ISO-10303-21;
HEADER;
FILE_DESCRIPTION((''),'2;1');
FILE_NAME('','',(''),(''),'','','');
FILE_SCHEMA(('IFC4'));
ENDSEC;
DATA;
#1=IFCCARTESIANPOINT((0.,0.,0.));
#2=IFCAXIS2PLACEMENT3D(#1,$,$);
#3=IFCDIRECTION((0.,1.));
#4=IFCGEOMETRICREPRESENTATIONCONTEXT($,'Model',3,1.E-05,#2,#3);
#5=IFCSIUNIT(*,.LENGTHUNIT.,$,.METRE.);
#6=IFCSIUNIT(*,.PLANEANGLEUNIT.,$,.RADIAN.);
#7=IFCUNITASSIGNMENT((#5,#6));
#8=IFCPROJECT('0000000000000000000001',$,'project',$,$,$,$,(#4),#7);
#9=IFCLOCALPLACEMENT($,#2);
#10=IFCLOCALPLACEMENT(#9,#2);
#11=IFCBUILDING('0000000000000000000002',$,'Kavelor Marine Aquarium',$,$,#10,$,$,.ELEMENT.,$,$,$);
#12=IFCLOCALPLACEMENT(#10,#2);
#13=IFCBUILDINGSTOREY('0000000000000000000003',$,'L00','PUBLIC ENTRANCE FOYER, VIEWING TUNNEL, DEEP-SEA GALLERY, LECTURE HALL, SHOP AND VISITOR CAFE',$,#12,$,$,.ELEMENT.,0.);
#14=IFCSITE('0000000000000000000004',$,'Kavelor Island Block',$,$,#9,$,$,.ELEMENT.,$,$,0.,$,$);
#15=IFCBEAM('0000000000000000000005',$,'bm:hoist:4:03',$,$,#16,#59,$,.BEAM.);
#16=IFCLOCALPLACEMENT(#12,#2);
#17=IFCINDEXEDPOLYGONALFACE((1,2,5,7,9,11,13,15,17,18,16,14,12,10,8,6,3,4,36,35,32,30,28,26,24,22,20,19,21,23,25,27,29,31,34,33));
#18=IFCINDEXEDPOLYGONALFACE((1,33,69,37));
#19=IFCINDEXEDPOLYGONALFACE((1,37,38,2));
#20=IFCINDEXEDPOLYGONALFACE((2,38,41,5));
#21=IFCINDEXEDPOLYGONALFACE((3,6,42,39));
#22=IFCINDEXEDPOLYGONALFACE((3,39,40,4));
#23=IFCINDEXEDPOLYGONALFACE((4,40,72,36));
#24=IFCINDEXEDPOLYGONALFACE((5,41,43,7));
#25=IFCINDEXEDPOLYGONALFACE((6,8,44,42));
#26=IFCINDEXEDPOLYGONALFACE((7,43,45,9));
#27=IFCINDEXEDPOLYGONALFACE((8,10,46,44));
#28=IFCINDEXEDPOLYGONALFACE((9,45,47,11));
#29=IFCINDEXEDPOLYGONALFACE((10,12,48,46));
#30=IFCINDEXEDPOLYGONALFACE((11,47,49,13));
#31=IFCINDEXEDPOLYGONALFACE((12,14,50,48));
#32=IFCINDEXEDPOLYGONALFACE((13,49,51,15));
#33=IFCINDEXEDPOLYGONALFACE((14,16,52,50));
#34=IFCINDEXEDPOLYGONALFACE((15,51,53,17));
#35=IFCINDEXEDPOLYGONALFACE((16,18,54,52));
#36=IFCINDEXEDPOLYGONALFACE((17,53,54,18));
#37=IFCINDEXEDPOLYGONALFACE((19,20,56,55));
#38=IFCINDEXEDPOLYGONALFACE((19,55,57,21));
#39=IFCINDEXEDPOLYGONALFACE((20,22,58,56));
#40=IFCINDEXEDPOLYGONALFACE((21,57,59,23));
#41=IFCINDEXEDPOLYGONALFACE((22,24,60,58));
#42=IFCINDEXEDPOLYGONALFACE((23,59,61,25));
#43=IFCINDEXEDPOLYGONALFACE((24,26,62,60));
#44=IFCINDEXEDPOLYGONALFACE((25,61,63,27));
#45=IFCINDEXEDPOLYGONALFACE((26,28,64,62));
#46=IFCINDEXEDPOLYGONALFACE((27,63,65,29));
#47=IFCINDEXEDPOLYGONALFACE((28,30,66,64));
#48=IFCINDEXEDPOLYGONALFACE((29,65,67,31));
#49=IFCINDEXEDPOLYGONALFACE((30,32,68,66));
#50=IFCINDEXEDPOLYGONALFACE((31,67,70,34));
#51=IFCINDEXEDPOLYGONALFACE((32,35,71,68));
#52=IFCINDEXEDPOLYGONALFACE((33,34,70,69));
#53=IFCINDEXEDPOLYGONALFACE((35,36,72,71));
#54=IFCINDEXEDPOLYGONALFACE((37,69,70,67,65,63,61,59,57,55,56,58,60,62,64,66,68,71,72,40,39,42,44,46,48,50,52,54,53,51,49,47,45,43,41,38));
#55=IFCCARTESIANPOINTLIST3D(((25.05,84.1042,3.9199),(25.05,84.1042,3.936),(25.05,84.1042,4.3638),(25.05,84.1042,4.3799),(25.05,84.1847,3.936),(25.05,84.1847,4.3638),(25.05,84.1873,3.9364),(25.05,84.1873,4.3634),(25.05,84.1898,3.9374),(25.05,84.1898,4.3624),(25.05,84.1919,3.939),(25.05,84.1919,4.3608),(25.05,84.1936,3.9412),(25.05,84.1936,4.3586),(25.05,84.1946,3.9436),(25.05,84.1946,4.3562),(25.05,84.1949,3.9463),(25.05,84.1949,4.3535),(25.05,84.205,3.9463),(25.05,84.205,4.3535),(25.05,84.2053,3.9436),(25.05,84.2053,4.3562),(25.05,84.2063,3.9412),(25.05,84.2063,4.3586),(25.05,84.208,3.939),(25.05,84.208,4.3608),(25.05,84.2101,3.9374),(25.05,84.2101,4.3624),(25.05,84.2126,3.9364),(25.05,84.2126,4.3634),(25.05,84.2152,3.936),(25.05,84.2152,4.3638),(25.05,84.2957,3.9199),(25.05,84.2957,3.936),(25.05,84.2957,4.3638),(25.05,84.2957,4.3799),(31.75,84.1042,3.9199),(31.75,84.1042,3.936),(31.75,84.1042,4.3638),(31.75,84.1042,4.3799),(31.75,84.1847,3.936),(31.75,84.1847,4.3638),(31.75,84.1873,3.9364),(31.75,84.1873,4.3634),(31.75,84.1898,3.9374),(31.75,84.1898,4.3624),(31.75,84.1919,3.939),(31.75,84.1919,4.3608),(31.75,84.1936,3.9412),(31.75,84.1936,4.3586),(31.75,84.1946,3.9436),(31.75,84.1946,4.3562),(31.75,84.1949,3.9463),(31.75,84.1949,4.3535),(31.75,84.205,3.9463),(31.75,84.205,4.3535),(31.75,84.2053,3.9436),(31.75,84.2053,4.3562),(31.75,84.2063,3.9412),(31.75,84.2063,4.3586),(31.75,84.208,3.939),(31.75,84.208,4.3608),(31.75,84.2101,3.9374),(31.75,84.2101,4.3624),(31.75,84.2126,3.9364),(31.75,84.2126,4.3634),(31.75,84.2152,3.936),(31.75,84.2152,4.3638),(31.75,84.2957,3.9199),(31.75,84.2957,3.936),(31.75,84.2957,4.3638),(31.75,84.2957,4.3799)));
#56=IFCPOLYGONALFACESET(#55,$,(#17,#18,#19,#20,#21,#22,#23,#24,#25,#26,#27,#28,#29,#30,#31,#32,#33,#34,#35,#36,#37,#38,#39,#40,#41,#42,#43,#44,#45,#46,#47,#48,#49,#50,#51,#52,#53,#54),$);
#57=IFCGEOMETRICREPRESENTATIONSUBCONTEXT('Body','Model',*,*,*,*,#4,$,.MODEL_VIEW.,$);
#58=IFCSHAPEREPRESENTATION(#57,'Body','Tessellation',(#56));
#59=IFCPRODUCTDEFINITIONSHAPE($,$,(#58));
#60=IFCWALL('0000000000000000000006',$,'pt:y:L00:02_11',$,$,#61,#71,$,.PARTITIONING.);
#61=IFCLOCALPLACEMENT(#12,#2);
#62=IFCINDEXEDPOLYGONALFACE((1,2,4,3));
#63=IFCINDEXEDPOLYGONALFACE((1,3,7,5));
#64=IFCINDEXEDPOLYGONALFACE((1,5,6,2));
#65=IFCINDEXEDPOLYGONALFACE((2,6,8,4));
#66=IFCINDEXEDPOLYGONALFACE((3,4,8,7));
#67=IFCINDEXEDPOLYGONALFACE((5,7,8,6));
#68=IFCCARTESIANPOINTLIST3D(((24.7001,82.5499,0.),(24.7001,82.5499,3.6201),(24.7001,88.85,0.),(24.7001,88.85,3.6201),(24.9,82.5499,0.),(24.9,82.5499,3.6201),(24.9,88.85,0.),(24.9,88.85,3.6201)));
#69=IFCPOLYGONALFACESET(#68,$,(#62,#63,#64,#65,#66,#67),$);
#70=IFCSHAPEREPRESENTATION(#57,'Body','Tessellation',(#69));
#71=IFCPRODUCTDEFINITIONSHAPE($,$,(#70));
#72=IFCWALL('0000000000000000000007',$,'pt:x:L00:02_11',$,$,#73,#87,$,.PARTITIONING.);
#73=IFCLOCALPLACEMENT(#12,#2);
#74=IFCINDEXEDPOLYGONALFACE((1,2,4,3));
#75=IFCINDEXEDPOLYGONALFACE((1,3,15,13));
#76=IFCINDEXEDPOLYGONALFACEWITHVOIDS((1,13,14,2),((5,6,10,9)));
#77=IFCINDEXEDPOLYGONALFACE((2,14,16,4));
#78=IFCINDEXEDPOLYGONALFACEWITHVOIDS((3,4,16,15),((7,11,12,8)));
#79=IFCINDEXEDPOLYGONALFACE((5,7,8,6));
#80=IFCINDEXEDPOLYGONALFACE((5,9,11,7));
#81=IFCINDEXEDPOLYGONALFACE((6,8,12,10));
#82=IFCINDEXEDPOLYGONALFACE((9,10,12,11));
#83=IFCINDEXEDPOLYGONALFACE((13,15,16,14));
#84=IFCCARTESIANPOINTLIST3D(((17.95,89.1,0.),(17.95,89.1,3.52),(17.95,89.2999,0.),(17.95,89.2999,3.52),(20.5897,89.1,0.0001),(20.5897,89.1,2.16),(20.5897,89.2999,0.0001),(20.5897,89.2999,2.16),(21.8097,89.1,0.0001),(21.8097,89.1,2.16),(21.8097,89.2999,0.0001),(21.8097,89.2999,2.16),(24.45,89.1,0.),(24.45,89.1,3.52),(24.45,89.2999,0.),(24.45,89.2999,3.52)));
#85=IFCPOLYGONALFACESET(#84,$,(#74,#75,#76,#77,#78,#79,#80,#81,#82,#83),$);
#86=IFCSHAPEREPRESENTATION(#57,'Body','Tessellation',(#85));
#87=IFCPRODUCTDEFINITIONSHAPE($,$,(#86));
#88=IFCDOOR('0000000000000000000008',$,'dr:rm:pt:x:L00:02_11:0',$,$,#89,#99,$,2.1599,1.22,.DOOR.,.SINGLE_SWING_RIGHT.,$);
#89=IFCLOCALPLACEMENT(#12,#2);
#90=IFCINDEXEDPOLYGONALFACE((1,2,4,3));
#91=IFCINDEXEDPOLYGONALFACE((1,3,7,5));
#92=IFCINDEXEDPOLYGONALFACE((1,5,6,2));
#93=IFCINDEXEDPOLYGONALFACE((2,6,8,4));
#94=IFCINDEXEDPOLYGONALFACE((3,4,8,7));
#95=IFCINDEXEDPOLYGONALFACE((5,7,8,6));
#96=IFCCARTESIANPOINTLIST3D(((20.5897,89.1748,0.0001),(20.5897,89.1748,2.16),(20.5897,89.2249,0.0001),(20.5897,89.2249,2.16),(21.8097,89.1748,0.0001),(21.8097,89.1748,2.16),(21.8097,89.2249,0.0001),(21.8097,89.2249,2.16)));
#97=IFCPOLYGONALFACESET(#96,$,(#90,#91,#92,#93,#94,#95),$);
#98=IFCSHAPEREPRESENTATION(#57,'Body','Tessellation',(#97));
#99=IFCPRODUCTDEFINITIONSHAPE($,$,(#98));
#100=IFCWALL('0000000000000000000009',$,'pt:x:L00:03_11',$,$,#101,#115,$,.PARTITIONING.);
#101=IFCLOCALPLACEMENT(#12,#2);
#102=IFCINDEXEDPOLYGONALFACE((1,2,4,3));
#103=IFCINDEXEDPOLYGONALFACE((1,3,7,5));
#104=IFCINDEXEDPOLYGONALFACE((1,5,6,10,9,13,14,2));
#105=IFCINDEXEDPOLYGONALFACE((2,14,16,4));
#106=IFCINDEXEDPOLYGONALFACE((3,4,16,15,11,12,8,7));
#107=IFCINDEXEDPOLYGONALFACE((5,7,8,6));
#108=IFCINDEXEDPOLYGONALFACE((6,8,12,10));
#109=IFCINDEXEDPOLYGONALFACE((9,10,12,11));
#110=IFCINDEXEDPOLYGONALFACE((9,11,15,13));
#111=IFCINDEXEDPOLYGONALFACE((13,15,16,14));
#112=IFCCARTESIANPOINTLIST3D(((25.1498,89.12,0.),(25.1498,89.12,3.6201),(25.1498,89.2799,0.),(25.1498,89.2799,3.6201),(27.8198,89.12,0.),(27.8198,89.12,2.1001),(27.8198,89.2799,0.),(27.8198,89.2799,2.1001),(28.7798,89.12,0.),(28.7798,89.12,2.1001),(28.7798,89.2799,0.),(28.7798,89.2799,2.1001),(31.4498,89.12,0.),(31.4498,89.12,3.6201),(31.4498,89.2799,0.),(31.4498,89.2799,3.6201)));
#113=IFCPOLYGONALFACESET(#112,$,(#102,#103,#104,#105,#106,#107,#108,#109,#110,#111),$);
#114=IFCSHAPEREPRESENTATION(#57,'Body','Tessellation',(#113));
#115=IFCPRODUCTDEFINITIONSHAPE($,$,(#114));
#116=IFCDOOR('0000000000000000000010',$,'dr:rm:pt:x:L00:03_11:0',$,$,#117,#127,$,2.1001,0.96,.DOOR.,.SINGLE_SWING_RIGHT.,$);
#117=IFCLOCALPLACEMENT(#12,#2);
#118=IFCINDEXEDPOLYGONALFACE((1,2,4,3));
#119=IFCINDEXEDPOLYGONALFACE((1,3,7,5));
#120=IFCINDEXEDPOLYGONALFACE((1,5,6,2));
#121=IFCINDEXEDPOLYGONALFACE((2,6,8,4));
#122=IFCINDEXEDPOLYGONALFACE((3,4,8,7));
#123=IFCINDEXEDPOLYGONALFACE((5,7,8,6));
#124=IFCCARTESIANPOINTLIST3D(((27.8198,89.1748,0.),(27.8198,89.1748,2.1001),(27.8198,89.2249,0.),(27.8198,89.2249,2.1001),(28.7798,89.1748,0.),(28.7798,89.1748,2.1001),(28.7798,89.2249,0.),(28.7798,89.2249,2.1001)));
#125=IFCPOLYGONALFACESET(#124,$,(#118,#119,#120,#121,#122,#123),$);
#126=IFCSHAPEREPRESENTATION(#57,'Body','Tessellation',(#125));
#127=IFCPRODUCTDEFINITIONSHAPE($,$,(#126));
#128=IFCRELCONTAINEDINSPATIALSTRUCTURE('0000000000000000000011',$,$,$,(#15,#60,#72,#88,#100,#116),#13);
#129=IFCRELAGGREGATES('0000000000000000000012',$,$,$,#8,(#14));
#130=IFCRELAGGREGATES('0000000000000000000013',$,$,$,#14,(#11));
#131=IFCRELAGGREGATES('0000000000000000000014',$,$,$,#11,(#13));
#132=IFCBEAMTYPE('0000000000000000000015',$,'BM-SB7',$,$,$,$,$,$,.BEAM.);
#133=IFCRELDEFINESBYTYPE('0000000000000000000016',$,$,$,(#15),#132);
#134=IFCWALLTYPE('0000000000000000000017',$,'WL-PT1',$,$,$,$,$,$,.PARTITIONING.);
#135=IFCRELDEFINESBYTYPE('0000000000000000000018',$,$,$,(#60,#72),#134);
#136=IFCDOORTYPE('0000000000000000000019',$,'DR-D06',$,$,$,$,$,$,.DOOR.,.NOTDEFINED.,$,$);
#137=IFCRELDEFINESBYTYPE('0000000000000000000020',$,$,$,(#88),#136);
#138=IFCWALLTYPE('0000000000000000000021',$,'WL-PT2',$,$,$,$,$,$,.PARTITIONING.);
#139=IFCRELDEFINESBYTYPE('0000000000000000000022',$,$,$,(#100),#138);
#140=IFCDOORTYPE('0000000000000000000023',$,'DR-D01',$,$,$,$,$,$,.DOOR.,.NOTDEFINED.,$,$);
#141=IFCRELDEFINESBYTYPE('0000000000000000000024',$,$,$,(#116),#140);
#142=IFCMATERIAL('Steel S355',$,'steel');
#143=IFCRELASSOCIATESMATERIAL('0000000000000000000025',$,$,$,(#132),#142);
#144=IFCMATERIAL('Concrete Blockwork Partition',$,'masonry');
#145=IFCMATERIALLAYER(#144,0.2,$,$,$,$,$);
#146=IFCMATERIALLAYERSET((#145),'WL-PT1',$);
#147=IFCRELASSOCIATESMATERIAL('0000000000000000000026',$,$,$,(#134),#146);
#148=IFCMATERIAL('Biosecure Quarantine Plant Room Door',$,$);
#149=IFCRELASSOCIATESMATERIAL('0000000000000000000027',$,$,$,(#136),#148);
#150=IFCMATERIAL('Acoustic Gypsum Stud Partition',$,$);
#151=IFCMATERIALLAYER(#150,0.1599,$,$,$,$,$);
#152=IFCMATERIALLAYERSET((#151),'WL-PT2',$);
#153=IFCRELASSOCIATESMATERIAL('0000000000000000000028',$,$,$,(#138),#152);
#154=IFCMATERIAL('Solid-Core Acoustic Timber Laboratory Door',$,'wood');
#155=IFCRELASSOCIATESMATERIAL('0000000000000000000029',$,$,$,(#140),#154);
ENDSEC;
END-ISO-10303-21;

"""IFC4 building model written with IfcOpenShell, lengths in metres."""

from ifc_helpers import new_model, si_unit, direction, frame, frame_2d, origin, origin_2d, place, context, subcontext, project, spatial, rectangle, i_section, extrude, material, layer, layer_set, material_profile, profile_set, type_object, element, fill, save


model = new_model("IFC4")

# Units and contexts
model_context = context("Model", 3, precision=1e-05, world=origin(), true_north=direction((0.0, 1.0)))
body_context = subcontext(model_context, "Body", "Model", "MODEL_VIEW")
ifc_project = project(units=[si_unit("LENGTHUNIT", "METRE"), si_unit("PLANEANGLEUNIT", "RADIAN")], contexts=[model_context])

# Site, building, storey
site_placement = place(None, origin())
site = spatial("IfcSite", under=ifc_project, at=site_placement, Name="Kavelor Island Block", CompositionType="ELEMENT", RefElevation=0.0)
building_placement = place(site_placement, origin())
building = spatial("IfcBuilding", under=site, at=building_placement, Name="Kavelor Marine Aquarium", CompositionType="ELEMENT")
storey_placement = place(building_placement, origin())
storey = spatial("IfcBuildingStorey", under=building, at=storey_placement, Name="L00", Description="PUBLIC ENTRANCE FOYER, VIEWING TUNNEL, DEEP-SEA GALLERY, LECTURE HALL, SHOP AND VISITOR CAFE", CompositionType="ELEMENT", Elevation=0.0)

# Beam
ifc_material_1 = material(Name="Steel S355", Category="steel")
ifc_material_profile_1 = material_profile(ifc_material_1, i_section(OverallWidth=0.1914, OverallDepth=0.46, WebThickness=0.01, FlangeThickness=0.0161, FilletRadius=0.0103, at=origin_2d()), Name="UKB 457x191x82")
ifc_profile_set_1 = profile_set([ifc_material_profile_1], Name="Steel S355")
beam_type_1 = type_object("IfcBeamType", Name="BM-SB7", PredefinedType="BEAM", material=ifc_profile_set_1)
beam_1_placement = place(storey_placement, frame((25.05, 84.2, 4.1499), z_axis=(1.0, 0.0, 0.0), x_axis=(0.0, 1.0, 0.0)))
element("IfcBeam", 1, at=beam_1_placement, inside=storey, type_object=beam_type_1, Name="bm:hoist:4:03", PredefinedType="BEAM", context=body_context, shape_type="SweptSolid", body=[
    extrude(i_section(OverallWidth=0.1914, OverallDepth=0.46, WebThickness=0.01, FlangeThickness=0.0161, FilletRadius=0.0103, at=origin_2d()), origin(), (0.0, 0.0, 1.0), 6.7),
])

# Wall
ifc_material_2 = material(Name="Concrete Blockwork Partition", Category="masonry")
ifc_layer_1 = layer(ifc_material_2, 0.2)
ifc_layer_set_1 = layer_set([ifc_layer_1], Name="WL-PT1")
wall_type_1 = type_object("IfcWallType", Name="WL-PT1", PredefinedType="PARTITIONING", material=ifc_layer_set_1)
wall_1_placement = place(storey_placement, frame((24.8, 82.55, 0.0), z_axis=(0.0, 0.0, 1.0), x_axis=(0.0, 1.0, 0.0)))
element("IfcWall", 2, at=wall_1_placement, inside=storey, type_object=wall_type_1, Name="pt:y:L00:02_11", PredefinedType="PARTITIONING", context=body_context, shape_type="SweptSolid", body=[
    extrude(rectangle(XDim=6.3, YDim=0.2, at=frame_2d((3.1499, 0.0))), origin(), (0.0, 0.0, 1.0), 3.6201),
])

# Walls, openings, doors
wall_2_placement = place(storey_placement, frame((17.95, 89.2, 0.0), z_axis=(0.0, 0.0, 1.0), x_axis=(1.0, 0.0, 0.0)))
wall_2 = element("IfcWall", 3, at=wall_2_placement, inside=storey, type_object=wall_type_1, Name="pt:x:L00:02_11", PredefinedType="PARTITIONING", context=body_context, shape_type="SweptSolid", body=[
    extrude(rectangle(XDim=6.5, YDim=0.2, at=frame_2d((3.25, 0.0))), origin(), (0.0, 0.0, 1.0), 3.52),
])
opening_1_placement = place(wall_2_placement, frame((2.6399, 0.0, 0.0)))
opening_1 = element("IfcOpeningElement", 4, at=opening_1_placement, cuts=wall_2, PredefinedType="OPENING", context=body_context, shape_type="SweptSolid", body=[
    extrude(rectangle(XDim=1.22, YDim=2.1599, at=frame_2d((0.6099, 1.0801))), frame((0.0, 0.1099, 0.0), z_axis=(0.0, -1.0, 0.0), x_axis=(1.0, 0.0, 0.0)), (0.0, 0.0, 1.0), 0.22),
])
ifc_material_3 = material(Name="Biosecure Quarantine Plant Room Door")
door_type_1 = type_object("IfcDoorType", Name="DR-D06", OperationType="NOTDEFINED", PredefinedType="DOOR", material=ifc_material_3)
door_1_placement = place(opening_1_placement, origin())
door_1 = element("IfcDoor", 5, at=door_1_placement, inside=storey, type_object=door_type_1, Name="dr:rm:pt:x:L00:02_11:0", OperationType="SINGLE_SWING_RIGHT", OverallHeight=2.1599, OverallWidth=1.22, PredefinedType="DOOR", context=body_context, shape_type="SweptSolid", body=[
    extrude(rectangle(XDim=1.22, YDim=2.1599, at=frame_2d((0.6099, 1.0801))), frame((0.0, 0.0249, 0.0), z_axis=(0.0, -1.0, 0.0), x_axis=(1.0, 0.0, 0.0)), (0.0, 0.0, 1.0), 0.05),
])
fill(opening_1, door_1)
ifc_material_4 = material(Name="Acoustic Gypsum Stud Partition")
ifc_layer_2 = layer(ifc_material_4, 0.1599)
ifc_layer_set_2 = layer_set([ifc_layer_2], Name="WL-PT2")
wall_type_2 = type_object("IfcWallType", Name="WL-PT2", PredefinedType="PARTITIONING", material=ifc_layer_set_2)
wall_3_placement = place(storey_placement, frame((25.1499, 89.2, 0.0), z_axis=(0.0, 0.0, 1.0), x_axis=(1.0, 0.0, 0.0)))
wall_3 = element("IfcWall", 6, at=wall_3_placement, inside=storey, type_object=wall_type_2, Name="pt:x:L00:03_11", PredefinedType="PARTITIONING", context=body_context, shape_type="SweptSolid", body=[
    extrude(rectangle(XDim=6.3, YDim=0.1599, at=frame_2d((3.1499, 0.0))), origin(), (0.0, 0.0, 1.0), 3.6201),
])
opening_2_placement = place(wall_3_placement, frame((2.6699, 0.0, 0.0)))
opening_2 = element("IfcOpeningElement", 7, at=opening_2_placement, cuts=wall_3, PredefinedType="OPENING", context=body_context, shape_type="SweptSolid", body=[
    extrude(rectangle(XDim=0.96, YDim=2.1001, at=frame_2d((0.48, 1.05))), frame((0.0, 0.0898, 0.0), z_axis=(0.0, -1.0, 0.0), x_axis=(1.0, 0.0, 0.0)), (0.0, 0.0, 1.0), 0.1799),
])
ifc_material_5 = material(Name="Solid-Core Acoustic Timber Laboratory Door", Category="wood")
door_type_2 = type_object("IfcDoorType", Name="DR-D01", OperationType="NOTDEFINED", PredefinedType="DOOR", material=ifc_material_5)
door_2_placement = place(opening_2_placement, origin())
door_2 = element("IfcDoor", 8, at=door_2_placement, inside=storey, type_object=door_type_2, Name="dr:rm:pt:x:L00:03_11:0", OperationType="SINGLE_SWING_RIGHT", OverallHeight=2.1001, OverallWidth=0.96, PredefinedType="DOOR", context=body_context, shape_type="SweptSolid", body=[
    extrude(rectangle(XDim=0.96, YDim=2.1001, at=frame_2d((0.48, 1.05))), frame((0.0, 0.0249, 0.0), z_axis=(0.0, -1.0, 0.0), x_axis=(1.0, 0.0, 0.0)), (0.0, 0.0, 1.0), 0.05),
])
fill(opening_2, door_2)

save(model, "model.ifc")
